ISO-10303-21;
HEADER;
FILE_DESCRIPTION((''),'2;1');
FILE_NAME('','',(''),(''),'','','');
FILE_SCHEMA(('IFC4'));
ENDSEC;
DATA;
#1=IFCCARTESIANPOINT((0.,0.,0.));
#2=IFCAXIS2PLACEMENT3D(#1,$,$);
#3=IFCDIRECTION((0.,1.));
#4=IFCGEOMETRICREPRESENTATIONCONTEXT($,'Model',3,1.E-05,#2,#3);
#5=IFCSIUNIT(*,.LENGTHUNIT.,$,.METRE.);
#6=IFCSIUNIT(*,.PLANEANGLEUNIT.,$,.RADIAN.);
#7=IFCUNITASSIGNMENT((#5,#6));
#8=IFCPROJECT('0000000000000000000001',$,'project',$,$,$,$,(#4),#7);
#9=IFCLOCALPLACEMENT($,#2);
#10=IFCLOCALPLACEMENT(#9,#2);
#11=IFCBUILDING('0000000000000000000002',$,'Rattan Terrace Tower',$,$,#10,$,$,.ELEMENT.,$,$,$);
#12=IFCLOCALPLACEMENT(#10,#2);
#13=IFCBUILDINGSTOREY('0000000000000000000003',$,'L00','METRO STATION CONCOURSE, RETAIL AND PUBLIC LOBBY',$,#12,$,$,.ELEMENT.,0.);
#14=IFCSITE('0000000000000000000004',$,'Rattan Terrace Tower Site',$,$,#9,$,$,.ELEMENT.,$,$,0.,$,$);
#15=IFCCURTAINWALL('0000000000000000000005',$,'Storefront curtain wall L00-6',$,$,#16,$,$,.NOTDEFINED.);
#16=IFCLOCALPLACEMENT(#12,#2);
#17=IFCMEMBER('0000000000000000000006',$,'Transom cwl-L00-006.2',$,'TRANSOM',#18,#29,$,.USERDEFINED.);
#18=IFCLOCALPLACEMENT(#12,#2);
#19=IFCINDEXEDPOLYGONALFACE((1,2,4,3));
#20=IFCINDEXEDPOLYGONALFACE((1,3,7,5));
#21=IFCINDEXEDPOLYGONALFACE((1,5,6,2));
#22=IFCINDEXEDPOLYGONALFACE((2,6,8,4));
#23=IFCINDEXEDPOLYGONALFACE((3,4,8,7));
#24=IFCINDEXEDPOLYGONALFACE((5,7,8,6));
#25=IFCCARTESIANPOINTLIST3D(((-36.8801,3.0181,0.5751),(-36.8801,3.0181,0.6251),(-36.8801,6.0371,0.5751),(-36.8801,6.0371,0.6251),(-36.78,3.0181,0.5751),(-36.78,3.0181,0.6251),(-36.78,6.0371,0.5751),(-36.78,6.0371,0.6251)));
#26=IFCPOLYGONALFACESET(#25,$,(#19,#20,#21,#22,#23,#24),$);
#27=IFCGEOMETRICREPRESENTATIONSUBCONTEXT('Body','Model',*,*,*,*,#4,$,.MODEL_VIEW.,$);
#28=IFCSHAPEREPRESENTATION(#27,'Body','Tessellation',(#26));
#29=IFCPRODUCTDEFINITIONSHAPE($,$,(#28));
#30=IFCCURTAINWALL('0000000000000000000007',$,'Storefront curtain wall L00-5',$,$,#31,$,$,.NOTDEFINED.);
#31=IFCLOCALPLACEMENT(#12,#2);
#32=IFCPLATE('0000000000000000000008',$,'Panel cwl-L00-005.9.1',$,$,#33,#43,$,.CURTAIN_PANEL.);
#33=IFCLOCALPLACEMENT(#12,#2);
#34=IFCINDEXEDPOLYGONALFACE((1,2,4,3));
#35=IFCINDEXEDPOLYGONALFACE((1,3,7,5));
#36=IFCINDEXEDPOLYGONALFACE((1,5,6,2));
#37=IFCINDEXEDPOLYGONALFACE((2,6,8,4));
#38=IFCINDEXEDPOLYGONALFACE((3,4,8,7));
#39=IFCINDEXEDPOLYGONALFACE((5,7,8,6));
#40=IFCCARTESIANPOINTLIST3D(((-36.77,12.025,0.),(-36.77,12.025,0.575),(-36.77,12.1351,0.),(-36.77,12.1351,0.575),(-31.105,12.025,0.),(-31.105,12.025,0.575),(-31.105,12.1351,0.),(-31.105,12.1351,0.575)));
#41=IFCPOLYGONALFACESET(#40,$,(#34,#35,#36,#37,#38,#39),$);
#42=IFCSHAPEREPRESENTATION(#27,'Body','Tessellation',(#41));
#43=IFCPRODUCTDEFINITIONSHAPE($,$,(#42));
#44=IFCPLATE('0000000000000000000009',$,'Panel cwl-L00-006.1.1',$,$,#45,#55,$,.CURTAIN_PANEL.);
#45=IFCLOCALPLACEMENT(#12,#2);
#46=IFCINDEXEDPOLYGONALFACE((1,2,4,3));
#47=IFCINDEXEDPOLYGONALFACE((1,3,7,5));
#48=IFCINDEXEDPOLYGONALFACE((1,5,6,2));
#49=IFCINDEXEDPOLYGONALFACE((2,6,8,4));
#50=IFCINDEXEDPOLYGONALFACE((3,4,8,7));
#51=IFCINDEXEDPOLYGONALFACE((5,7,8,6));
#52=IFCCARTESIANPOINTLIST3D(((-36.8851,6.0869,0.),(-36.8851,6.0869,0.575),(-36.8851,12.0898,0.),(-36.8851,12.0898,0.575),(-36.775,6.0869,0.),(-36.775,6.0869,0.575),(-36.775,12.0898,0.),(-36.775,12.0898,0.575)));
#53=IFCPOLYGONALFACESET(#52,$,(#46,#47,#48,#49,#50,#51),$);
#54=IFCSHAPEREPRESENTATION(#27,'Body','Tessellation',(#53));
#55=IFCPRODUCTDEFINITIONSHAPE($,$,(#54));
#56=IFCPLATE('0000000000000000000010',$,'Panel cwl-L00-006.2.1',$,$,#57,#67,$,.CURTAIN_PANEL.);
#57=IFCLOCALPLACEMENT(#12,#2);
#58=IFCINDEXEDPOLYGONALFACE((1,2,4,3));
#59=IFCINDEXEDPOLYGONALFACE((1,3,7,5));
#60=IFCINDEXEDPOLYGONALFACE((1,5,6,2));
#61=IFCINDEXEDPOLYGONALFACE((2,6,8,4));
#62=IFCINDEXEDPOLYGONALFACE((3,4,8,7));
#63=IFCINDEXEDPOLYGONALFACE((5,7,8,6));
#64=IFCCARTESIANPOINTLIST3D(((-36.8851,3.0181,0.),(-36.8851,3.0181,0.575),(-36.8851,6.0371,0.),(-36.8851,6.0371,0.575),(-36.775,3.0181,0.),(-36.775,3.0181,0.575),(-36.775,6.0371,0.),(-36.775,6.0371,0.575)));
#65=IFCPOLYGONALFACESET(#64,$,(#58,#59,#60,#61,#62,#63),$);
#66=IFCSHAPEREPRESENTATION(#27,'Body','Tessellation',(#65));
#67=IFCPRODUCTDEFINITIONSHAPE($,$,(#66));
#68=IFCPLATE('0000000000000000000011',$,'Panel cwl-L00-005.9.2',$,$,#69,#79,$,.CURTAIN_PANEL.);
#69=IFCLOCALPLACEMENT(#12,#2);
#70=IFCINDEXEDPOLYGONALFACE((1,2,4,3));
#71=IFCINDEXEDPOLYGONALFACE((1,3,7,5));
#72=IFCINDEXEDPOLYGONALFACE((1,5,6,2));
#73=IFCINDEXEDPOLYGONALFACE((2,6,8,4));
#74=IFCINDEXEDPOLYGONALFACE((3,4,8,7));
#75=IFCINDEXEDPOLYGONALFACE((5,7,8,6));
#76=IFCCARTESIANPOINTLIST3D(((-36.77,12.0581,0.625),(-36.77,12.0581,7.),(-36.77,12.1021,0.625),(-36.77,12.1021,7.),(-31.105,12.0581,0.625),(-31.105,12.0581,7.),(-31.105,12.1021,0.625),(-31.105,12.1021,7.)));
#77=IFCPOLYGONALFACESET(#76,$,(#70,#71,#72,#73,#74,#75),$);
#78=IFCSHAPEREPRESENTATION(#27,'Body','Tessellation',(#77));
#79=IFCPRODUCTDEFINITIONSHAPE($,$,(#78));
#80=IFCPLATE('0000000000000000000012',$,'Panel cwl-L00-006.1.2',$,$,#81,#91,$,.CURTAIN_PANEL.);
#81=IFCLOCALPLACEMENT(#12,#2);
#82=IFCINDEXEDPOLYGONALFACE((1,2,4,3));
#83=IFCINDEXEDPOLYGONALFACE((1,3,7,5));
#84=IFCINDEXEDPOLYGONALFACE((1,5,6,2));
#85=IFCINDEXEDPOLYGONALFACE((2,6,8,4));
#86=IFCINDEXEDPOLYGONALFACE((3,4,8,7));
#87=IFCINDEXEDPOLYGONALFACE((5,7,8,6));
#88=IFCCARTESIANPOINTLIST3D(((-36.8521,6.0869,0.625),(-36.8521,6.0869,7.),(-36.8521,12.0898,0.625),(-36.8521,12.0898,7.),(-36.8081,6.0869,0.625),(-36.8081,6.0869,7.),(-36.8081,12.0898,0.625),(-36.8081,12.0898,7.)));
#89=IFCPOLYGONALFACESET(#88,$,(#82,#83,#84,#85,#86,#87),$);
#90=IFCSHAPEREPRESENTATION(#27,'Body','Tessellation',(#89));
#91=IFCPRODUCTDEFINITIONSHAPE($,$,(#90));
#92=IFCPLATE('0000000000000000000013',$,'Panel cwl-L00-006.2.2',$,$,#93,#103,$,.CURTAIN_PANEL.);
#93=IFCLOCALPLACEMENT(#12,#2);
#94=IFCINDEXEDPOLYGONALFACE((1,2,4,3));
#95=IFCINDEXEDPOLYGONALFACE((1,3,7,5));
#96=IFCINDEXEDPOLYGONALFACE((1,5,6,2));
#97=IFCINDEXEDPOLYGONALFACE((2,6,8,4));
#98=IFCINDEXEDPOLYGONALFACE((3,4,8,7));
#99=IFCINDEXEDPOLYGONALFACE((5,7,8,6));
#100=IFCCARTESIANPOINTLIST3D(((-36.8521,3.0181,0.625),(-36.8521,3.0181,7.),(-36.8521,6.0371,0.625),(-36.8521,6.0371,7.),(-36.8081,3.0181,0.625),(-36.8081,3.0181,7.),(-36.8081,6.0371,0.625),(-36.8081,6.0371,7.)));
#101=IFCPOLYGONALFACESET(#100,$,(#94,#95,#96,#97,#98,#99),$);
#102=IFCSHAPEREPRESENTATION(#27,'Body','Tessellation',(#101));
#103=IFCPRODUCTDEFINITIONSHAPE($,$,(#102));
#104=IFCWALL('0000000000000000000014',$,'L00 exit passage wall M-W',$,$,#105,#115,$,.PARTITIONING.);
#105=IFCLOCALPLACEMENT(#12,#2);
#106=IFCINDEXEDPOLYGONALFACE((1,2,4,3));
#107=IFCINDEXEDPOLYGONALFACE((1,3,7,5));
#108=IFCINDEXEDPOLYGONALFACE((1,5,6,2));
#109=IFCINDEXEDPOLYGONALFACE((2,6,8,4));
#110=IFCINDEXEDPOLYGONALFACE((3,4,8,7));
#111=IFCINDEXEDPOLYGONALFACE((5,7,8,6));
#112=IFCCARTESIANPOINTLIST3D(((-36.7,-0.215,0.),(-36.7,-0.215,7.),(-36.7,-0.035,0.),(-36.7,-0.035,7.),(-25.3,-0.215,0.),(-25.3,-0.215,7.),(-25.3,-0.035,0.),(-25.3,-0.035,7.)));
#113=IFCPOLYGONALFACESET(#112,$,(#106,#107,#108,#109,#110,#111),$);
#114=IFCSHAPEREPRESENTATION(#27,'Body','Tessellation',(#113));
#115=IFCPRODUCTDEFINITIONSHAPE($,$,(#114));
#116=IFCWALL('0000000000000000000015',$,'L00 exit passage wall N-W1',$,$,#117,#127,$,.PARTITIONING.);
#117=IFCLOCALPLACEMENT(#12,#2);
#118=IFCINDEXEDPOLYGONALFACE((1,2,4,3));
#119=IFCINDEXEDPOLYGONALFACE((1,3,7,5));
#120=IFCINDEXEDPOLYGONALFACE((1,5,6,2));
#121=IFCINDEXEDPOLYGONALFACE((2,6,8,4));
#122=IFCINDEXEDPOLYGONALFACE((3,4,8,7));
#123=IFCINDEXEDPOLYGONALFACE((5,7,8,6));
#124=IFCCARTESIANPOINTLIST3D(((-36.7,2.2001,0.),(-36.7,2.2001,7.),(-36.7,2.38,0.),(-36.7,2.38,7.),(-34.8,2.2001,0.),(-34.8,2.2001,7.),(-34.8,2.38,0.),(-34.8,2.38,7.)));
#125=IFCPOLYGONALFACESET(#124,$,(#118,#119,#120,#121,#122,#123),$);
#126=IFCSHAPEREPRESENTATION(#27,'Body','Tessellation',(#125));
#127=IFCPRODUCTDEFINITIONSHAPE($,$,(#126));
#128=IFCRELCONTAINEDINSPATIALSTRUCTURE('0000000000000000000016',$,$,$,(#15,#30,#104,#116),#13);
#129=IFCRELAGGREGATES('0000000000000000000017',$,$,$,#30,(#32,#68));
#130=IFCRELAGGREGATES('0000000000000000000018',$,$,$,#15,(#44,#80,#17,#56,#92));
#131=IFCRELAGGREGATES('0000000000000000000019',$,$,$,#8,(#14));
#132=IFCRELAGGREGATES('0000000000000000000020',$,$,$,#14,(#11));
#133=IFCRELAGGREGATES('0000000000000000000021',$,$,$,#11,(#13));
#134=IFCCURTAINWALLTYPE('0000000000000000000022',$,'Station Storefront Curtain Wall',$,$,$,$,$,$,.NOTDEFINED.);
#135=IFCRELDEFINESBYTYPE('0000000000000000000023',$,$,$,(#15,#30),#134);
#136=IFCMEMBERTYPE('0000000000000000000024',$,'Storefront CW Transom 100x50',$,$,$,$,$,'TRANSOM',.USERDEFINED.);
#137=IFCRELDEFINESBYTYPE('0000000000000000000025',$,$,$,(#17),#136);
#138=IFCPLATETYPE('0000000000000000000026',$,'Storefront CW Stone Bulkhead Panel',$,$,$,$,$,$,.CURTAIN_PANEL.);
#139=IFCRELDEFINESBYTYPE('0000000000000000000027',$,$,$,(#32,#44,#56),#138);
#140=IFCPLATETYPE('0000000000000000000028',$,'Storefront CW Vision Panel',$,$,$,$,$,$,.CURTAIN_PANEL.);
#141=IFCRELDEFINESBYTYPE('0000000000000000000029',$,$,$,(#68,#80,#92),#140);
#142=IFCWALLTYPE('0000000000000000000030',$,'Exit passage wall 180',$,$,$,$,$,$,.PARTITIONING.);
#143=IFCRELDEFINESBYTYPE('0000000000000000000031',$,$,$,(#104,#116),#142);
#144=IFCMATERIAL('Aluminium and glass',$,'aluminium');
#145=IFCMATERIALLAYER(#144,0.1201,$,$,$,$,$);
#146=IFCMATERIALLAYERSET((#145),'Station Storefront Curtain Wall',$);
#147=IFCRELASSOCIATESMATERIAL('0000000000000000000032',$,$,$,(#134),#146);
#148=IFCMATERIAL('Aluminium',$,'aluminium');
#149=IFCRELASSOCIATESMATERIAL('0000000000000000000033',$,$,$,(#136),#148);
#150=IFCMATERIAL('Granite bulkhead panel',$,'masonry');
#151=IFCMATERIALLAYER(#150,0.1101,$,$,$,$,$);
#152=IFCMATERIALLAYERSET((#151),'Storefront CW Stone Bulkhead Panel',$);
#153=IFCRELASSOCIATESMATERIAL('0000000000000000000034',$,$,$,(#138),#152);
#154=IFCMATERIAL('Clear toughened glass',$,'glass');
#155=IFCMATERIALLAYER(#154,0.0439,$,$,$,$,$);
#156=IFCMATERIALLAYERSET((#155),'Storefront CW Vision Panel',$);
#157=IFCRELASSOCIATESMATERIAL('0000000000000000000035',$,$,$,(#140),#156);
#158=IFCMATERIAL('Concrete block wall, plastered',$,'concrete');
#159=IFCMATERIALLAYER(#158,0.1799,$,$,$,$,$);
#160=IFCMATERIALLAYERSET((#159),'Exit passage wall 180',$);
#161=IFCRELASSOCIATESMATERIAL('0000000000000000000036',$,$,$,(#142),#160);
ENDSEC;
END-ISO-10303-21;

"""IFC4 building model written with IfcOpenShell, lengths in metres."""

from ifc_helpers import new_model, si_unit, direction, frame, frame_2d, origin, origin_2d, place, context, subcontext, project, spatial, rectangle, extrude, material, layer, layer_set, material_profile, profile_set, type_object, element, aggregate, save


model = new_model("IFC4")

# Units and contexts
model_context = context("Model", 3, precision=1e-05, world=origin(), true_north=direction((0.0, 1.0)))
body_context = subcontext(model_context, "Body", "Model", "MODEL_VIEW")
ifc_project = project(units=[si_unit("LENGTHUNIT", "METRE"), si_unit("PLANEANGLEUNIT", "RADIAN")], contexts=[model_context])

# Site, building, storey
site_placement = place(None, origin())
site = spatial("IfcSite", under=ifc_project, at=site_placement, Name="Rattan Terrace Tower Site", CompositionType="ELEMENT", RefElevation=0.0)
building_placement = place(site_placement, origin())
building = spatial("IfcBuilding", under=site, at=building_placement, Name="Rattan Terrace Tower", CompositionType="ELEMENT")
storey_placement = place(building_placement, origin())
storey = spatial("IfcBuildingStorey", under=building, at=storey_placement, Name="L00", Description="METRO STATION CONCOURSE, RETAIL AND PUBLIC LOBBY", CompositionType="ELEMENT", Elevation=0.0)

# Curtain wall, member
ifc_material_1 = material(Name="Aluminium and glass", Category="aluminium")
ifc_layer_1 = layer(ifc_material_1, 0.1201)
ifc_layer_set_1 = layer_set([ifc_layer_1], Name="Station Storefront Curtain Wall")
curtain_wall_type = type_object("IfcCurtainWallType", Name="Station Storefront Curtain Wall", PredefinedType="NOTDEFINED", material=ifc_layer_set_1)
curtain_wall_1_placement = place(storey_placement, origin())
curtain_wall_1 = element("IfcCurtainWall", 1, at=curtain_wall_1_placement, inside=storey, type_object=curtain_wall_type, Name="Storefront curtain wall L00-6", PredefinedType="NOTDEFINED")
ifc_material_2 = material(Name="Aluminium", Category="aluminium")
ifc_material_profile_1 = material_profile(ifc_material_2, rectangle(XDim=0.1001, YDim=0.05, at=origin_2d()), Name="Aluminium 100x50")
ifc_profile_set_1 = profile_set([ifc_material_profile_1], Name="Aluminium")
member_type_1 = type_object("IfcMemberType", Name="Storefront CW Transom 100x50", ElementType="TRANSOM", PredefinedType="USERDEFINED", material=ifc_profile_set_1)
member_1_placement = place(storey_placement, frame((-36.8301, 6.0371, 0.6001), z_axis=(0.0, -1.0, 0.0), x_axis=(1.0, 0.0, 0.0)))
member_1 = element("IfcMember", 2, at=member_1_placement, type_object=member_type_1, Name="Transom cwl-L00-006.2", ObjectType="TRANSOM", PredefinedType="USERDEFINED", context=body_context, shape_type="SweptSolid", body=[
    extrude(rectangle(XDim=0.1001, YDim=0.05, at=origin_2d()), origin(), (0.0, 0.0, 1.0), 3.019),
])

# Curtain wall, plate
curtain_wall_2_placement = place(storey_placement, origin())
curtain_wall_2 = element("IfcCurtainWall", 3, at=curtain_wall_2_placement, inside=storey, type_object=curtain_wall_type, Name="Storefront curtain wall L00-5", PredefinedType="NOTDEFINED")
ifc_material_3 = material(Name="Granite bulkhead panel", Category="masonry")
ifc_layer_2 = layer(ifc_material_3, 0.1101)
ifc_layer_set_2 = layer_set([ifc_layer_2], Name="Storefront CW Stone Bulkhead Panel")
plate_type_1 = type_object("IfcPlateType", Name="Storefront CW Stone Bulkhead Panel", PredefinedType="CURTAIN_PANEL", material=ifc_layer_set_2)
plate_1_placement = place(storey_placement, frame((-33.9375, 12.0801, 0.0), z_axis=(0.0, 0.0, 1.0), x_axis=(-1.0, 0.0, 0.0)))
plate_1 = element("IfcPlate", 4, at=plate_1_placement, type_object=plate_type_1, Name="Panel cwl-L00-005.9.1", PredefinedType="CURTAIN_PANEL", context=body_context, shape_type="SweptSolid", body=[
    extrude(rectangle(XDim=5.665, YDim=0.1101, at=origin_2d()), origin(), (0.0, 0.0, 1.0), 0.575),
])

# Plates
plate_2_placement = place(storey_placement, frame((-36.8301, 9.0884, 0.0), z_axis=(0.0, 0.0, 1.0), x_axis=(0.0, -1.0, 0.0)))
plate_2 = element("IfcPlate", 5, at=plate_2_placement, type_object=plate_type_1, Name="Panel cwl-L00-006.1.1", PredefinedType="CURTAIN_PANEL", context=body_context, shape_type="SweptSolid", body=[
    extrude(rectangle(XDim=6.0029, YDim=0.1101, at=origin_2d()), origin(), (0.0, 0.0, 1.0), 0.575),
])
plate_3_placement = place(storey_placement, frame((-36.8301, 4.5276, 0.0), z_axis=(0.0, 0.0, 1.0), x_axis=(0.0, -1.0, 0.0)))
plate_3 = element("IfcPlate", 6, at=plate_3_placement, type_object=plate_type_1, Name="Panel cwl-L00-006.2.1", PredefinedType="CURTAIN_PANEL", context=body_context, shape_type="SweptSolid", body=[
    extrude(rectangle(XDim=3.019, YDim=0.1101, at=origin_2d()), origin(), (0.0, 0.0, 1.0), 0.575),
])
ifc_material_4 = material(Name="Clear toughened glass", Category="glass")
ifc_layer_3 = layer(ifc_material_4, 0.0439)
ifc_layer_set_3 = layer_set([ifc_layer_3], Name="Storefront CW Vision Panel")
plate_type_2 = type_object("IfcPlateType", Name="Storefront CW Vision Panel", PredefinedType="CURTAIN_PANEL", material=ifc_layer_set_3)
plate_4_placement = place(storey_placement, frame((-33.9375, 12.0801, 0.625), z_axis=(0.0, 0.0, 1.0), x_axis=(-1.0, 0.0, 0.0)))
plate_4 = element("IfcPlate", 7, at=plate_4_placement, type_object=plate_type_2, Name="Panel cwl-L00-005.9.2", PredefinedType="CURTAIN_PANEL", context=body_context, shape_type="SweptSolid", body=[
    extrude(rectangle(XDim=5.665, YDim=0.0439, at=origin_2d()), origin(), (0.0, 0.0, 1.0), 6.375),
])
aggregate(curtain_wall_2, [plate_1, plate_4])
plate_5_placement = place(storey_placement, frame((-36.8301, 9.0884, 0.625), z_axis=(0.0, 0.0, 1.0), x_axis=(0.0, -1.0, 0.0)))
plate_5 = element("IfcPlate", 8, at=plate_5_placement, type_object=plate_type_2, Name="Panel cwl-L00-006.1.2", PredefinedType="CURTAIN_PANEL", context=body_context, shape_type="SweptSolid", body=[
    extrude(rectangle(XDim=6.0029, YDim=0.0439, at=origin_2d()), origin(), (0.0, 0.0, 1.0), 6.375),
])
plate_6_placement = place(storey_placement, frame((-36.8301, 4.5276, 0.625), z_axis=(0.0, 0.0, 1.0), x_axis=(0.0, -1.0, 0.0)))
plate_6 = element("IfcPlate", 9, at=plate_6_placement, type_object=plate_type_2, Name="Panel cwl-L00-006.2.2", PredefinedType="CURTAIN_PANEL", context=body_context, shape_type="SweptSolid", body=[
    extrude(rectangle(XDim=3.019, YDim=0.0439, at=origin_2d()), origin(), (0.0, 0.0, 1.0), 6.375),
])
aggregate(curtain_wall_1, [plate_2, plate_5, member_1, plate_3, plate_6])

# Walls
ifc_material_5 = material(Name="Concrete block wall, plastered", Category="concrete")
ifc_layer_4 = layer(ifc_material_5, 0.1799)
ifc_layer_set_4 = layer_set([ifc_layer_4], Name="Exit passage wall 180")
wall_type_1 = type_object("IfcWallType", Name="Exit passage wall 180", PredefinedType="PARTITIONING", material=ifc_layer_set_4)
wall_1_placement = place(storey_placement, frame((-36.7, -0.125, 0.0), z_axis=(0.0, 0.0, 1.0), x_axis=(1.0, 0.0, 0.0)))
element("IfcWall", 10, at=wall_1_placement, inside=storey, type_object=wall_type_1, Name="L00 exit passage wall M-W", PredefinedType="PARTITIONING", context=body_context, shape_type="SweptSolid", body=[
    extrude(rectangle(XDim=11.3999, YDim=0.1799, at=frame_2d((5.7, 0.0))), origin(), (0.0, 0.0, 1.0), 7.0),
])
wall_2_placement = place(storey_placement, frame((-36.7, 2.29, 0.0), z_axis=(0.0, 0.0, 1.0), x_axis=(1.0, 0.0, 0.0)))
element("IfcWall", 11, at=wall_2_placement, inside=storey, type_object=wall_type_1, Name="L00 exit passage wall N-W1", PredefinedType="PARTITIONING", context=body_context, shape_type="SweptSolid", body=[
    extrude(rectangle(XDim=1.8999, YDim=0.1799, at=frame_2d((0.95, 0.0))), origin(), (0.0, 0.0, 1.0), 7.0),
])

save(model, "model.ifc")
